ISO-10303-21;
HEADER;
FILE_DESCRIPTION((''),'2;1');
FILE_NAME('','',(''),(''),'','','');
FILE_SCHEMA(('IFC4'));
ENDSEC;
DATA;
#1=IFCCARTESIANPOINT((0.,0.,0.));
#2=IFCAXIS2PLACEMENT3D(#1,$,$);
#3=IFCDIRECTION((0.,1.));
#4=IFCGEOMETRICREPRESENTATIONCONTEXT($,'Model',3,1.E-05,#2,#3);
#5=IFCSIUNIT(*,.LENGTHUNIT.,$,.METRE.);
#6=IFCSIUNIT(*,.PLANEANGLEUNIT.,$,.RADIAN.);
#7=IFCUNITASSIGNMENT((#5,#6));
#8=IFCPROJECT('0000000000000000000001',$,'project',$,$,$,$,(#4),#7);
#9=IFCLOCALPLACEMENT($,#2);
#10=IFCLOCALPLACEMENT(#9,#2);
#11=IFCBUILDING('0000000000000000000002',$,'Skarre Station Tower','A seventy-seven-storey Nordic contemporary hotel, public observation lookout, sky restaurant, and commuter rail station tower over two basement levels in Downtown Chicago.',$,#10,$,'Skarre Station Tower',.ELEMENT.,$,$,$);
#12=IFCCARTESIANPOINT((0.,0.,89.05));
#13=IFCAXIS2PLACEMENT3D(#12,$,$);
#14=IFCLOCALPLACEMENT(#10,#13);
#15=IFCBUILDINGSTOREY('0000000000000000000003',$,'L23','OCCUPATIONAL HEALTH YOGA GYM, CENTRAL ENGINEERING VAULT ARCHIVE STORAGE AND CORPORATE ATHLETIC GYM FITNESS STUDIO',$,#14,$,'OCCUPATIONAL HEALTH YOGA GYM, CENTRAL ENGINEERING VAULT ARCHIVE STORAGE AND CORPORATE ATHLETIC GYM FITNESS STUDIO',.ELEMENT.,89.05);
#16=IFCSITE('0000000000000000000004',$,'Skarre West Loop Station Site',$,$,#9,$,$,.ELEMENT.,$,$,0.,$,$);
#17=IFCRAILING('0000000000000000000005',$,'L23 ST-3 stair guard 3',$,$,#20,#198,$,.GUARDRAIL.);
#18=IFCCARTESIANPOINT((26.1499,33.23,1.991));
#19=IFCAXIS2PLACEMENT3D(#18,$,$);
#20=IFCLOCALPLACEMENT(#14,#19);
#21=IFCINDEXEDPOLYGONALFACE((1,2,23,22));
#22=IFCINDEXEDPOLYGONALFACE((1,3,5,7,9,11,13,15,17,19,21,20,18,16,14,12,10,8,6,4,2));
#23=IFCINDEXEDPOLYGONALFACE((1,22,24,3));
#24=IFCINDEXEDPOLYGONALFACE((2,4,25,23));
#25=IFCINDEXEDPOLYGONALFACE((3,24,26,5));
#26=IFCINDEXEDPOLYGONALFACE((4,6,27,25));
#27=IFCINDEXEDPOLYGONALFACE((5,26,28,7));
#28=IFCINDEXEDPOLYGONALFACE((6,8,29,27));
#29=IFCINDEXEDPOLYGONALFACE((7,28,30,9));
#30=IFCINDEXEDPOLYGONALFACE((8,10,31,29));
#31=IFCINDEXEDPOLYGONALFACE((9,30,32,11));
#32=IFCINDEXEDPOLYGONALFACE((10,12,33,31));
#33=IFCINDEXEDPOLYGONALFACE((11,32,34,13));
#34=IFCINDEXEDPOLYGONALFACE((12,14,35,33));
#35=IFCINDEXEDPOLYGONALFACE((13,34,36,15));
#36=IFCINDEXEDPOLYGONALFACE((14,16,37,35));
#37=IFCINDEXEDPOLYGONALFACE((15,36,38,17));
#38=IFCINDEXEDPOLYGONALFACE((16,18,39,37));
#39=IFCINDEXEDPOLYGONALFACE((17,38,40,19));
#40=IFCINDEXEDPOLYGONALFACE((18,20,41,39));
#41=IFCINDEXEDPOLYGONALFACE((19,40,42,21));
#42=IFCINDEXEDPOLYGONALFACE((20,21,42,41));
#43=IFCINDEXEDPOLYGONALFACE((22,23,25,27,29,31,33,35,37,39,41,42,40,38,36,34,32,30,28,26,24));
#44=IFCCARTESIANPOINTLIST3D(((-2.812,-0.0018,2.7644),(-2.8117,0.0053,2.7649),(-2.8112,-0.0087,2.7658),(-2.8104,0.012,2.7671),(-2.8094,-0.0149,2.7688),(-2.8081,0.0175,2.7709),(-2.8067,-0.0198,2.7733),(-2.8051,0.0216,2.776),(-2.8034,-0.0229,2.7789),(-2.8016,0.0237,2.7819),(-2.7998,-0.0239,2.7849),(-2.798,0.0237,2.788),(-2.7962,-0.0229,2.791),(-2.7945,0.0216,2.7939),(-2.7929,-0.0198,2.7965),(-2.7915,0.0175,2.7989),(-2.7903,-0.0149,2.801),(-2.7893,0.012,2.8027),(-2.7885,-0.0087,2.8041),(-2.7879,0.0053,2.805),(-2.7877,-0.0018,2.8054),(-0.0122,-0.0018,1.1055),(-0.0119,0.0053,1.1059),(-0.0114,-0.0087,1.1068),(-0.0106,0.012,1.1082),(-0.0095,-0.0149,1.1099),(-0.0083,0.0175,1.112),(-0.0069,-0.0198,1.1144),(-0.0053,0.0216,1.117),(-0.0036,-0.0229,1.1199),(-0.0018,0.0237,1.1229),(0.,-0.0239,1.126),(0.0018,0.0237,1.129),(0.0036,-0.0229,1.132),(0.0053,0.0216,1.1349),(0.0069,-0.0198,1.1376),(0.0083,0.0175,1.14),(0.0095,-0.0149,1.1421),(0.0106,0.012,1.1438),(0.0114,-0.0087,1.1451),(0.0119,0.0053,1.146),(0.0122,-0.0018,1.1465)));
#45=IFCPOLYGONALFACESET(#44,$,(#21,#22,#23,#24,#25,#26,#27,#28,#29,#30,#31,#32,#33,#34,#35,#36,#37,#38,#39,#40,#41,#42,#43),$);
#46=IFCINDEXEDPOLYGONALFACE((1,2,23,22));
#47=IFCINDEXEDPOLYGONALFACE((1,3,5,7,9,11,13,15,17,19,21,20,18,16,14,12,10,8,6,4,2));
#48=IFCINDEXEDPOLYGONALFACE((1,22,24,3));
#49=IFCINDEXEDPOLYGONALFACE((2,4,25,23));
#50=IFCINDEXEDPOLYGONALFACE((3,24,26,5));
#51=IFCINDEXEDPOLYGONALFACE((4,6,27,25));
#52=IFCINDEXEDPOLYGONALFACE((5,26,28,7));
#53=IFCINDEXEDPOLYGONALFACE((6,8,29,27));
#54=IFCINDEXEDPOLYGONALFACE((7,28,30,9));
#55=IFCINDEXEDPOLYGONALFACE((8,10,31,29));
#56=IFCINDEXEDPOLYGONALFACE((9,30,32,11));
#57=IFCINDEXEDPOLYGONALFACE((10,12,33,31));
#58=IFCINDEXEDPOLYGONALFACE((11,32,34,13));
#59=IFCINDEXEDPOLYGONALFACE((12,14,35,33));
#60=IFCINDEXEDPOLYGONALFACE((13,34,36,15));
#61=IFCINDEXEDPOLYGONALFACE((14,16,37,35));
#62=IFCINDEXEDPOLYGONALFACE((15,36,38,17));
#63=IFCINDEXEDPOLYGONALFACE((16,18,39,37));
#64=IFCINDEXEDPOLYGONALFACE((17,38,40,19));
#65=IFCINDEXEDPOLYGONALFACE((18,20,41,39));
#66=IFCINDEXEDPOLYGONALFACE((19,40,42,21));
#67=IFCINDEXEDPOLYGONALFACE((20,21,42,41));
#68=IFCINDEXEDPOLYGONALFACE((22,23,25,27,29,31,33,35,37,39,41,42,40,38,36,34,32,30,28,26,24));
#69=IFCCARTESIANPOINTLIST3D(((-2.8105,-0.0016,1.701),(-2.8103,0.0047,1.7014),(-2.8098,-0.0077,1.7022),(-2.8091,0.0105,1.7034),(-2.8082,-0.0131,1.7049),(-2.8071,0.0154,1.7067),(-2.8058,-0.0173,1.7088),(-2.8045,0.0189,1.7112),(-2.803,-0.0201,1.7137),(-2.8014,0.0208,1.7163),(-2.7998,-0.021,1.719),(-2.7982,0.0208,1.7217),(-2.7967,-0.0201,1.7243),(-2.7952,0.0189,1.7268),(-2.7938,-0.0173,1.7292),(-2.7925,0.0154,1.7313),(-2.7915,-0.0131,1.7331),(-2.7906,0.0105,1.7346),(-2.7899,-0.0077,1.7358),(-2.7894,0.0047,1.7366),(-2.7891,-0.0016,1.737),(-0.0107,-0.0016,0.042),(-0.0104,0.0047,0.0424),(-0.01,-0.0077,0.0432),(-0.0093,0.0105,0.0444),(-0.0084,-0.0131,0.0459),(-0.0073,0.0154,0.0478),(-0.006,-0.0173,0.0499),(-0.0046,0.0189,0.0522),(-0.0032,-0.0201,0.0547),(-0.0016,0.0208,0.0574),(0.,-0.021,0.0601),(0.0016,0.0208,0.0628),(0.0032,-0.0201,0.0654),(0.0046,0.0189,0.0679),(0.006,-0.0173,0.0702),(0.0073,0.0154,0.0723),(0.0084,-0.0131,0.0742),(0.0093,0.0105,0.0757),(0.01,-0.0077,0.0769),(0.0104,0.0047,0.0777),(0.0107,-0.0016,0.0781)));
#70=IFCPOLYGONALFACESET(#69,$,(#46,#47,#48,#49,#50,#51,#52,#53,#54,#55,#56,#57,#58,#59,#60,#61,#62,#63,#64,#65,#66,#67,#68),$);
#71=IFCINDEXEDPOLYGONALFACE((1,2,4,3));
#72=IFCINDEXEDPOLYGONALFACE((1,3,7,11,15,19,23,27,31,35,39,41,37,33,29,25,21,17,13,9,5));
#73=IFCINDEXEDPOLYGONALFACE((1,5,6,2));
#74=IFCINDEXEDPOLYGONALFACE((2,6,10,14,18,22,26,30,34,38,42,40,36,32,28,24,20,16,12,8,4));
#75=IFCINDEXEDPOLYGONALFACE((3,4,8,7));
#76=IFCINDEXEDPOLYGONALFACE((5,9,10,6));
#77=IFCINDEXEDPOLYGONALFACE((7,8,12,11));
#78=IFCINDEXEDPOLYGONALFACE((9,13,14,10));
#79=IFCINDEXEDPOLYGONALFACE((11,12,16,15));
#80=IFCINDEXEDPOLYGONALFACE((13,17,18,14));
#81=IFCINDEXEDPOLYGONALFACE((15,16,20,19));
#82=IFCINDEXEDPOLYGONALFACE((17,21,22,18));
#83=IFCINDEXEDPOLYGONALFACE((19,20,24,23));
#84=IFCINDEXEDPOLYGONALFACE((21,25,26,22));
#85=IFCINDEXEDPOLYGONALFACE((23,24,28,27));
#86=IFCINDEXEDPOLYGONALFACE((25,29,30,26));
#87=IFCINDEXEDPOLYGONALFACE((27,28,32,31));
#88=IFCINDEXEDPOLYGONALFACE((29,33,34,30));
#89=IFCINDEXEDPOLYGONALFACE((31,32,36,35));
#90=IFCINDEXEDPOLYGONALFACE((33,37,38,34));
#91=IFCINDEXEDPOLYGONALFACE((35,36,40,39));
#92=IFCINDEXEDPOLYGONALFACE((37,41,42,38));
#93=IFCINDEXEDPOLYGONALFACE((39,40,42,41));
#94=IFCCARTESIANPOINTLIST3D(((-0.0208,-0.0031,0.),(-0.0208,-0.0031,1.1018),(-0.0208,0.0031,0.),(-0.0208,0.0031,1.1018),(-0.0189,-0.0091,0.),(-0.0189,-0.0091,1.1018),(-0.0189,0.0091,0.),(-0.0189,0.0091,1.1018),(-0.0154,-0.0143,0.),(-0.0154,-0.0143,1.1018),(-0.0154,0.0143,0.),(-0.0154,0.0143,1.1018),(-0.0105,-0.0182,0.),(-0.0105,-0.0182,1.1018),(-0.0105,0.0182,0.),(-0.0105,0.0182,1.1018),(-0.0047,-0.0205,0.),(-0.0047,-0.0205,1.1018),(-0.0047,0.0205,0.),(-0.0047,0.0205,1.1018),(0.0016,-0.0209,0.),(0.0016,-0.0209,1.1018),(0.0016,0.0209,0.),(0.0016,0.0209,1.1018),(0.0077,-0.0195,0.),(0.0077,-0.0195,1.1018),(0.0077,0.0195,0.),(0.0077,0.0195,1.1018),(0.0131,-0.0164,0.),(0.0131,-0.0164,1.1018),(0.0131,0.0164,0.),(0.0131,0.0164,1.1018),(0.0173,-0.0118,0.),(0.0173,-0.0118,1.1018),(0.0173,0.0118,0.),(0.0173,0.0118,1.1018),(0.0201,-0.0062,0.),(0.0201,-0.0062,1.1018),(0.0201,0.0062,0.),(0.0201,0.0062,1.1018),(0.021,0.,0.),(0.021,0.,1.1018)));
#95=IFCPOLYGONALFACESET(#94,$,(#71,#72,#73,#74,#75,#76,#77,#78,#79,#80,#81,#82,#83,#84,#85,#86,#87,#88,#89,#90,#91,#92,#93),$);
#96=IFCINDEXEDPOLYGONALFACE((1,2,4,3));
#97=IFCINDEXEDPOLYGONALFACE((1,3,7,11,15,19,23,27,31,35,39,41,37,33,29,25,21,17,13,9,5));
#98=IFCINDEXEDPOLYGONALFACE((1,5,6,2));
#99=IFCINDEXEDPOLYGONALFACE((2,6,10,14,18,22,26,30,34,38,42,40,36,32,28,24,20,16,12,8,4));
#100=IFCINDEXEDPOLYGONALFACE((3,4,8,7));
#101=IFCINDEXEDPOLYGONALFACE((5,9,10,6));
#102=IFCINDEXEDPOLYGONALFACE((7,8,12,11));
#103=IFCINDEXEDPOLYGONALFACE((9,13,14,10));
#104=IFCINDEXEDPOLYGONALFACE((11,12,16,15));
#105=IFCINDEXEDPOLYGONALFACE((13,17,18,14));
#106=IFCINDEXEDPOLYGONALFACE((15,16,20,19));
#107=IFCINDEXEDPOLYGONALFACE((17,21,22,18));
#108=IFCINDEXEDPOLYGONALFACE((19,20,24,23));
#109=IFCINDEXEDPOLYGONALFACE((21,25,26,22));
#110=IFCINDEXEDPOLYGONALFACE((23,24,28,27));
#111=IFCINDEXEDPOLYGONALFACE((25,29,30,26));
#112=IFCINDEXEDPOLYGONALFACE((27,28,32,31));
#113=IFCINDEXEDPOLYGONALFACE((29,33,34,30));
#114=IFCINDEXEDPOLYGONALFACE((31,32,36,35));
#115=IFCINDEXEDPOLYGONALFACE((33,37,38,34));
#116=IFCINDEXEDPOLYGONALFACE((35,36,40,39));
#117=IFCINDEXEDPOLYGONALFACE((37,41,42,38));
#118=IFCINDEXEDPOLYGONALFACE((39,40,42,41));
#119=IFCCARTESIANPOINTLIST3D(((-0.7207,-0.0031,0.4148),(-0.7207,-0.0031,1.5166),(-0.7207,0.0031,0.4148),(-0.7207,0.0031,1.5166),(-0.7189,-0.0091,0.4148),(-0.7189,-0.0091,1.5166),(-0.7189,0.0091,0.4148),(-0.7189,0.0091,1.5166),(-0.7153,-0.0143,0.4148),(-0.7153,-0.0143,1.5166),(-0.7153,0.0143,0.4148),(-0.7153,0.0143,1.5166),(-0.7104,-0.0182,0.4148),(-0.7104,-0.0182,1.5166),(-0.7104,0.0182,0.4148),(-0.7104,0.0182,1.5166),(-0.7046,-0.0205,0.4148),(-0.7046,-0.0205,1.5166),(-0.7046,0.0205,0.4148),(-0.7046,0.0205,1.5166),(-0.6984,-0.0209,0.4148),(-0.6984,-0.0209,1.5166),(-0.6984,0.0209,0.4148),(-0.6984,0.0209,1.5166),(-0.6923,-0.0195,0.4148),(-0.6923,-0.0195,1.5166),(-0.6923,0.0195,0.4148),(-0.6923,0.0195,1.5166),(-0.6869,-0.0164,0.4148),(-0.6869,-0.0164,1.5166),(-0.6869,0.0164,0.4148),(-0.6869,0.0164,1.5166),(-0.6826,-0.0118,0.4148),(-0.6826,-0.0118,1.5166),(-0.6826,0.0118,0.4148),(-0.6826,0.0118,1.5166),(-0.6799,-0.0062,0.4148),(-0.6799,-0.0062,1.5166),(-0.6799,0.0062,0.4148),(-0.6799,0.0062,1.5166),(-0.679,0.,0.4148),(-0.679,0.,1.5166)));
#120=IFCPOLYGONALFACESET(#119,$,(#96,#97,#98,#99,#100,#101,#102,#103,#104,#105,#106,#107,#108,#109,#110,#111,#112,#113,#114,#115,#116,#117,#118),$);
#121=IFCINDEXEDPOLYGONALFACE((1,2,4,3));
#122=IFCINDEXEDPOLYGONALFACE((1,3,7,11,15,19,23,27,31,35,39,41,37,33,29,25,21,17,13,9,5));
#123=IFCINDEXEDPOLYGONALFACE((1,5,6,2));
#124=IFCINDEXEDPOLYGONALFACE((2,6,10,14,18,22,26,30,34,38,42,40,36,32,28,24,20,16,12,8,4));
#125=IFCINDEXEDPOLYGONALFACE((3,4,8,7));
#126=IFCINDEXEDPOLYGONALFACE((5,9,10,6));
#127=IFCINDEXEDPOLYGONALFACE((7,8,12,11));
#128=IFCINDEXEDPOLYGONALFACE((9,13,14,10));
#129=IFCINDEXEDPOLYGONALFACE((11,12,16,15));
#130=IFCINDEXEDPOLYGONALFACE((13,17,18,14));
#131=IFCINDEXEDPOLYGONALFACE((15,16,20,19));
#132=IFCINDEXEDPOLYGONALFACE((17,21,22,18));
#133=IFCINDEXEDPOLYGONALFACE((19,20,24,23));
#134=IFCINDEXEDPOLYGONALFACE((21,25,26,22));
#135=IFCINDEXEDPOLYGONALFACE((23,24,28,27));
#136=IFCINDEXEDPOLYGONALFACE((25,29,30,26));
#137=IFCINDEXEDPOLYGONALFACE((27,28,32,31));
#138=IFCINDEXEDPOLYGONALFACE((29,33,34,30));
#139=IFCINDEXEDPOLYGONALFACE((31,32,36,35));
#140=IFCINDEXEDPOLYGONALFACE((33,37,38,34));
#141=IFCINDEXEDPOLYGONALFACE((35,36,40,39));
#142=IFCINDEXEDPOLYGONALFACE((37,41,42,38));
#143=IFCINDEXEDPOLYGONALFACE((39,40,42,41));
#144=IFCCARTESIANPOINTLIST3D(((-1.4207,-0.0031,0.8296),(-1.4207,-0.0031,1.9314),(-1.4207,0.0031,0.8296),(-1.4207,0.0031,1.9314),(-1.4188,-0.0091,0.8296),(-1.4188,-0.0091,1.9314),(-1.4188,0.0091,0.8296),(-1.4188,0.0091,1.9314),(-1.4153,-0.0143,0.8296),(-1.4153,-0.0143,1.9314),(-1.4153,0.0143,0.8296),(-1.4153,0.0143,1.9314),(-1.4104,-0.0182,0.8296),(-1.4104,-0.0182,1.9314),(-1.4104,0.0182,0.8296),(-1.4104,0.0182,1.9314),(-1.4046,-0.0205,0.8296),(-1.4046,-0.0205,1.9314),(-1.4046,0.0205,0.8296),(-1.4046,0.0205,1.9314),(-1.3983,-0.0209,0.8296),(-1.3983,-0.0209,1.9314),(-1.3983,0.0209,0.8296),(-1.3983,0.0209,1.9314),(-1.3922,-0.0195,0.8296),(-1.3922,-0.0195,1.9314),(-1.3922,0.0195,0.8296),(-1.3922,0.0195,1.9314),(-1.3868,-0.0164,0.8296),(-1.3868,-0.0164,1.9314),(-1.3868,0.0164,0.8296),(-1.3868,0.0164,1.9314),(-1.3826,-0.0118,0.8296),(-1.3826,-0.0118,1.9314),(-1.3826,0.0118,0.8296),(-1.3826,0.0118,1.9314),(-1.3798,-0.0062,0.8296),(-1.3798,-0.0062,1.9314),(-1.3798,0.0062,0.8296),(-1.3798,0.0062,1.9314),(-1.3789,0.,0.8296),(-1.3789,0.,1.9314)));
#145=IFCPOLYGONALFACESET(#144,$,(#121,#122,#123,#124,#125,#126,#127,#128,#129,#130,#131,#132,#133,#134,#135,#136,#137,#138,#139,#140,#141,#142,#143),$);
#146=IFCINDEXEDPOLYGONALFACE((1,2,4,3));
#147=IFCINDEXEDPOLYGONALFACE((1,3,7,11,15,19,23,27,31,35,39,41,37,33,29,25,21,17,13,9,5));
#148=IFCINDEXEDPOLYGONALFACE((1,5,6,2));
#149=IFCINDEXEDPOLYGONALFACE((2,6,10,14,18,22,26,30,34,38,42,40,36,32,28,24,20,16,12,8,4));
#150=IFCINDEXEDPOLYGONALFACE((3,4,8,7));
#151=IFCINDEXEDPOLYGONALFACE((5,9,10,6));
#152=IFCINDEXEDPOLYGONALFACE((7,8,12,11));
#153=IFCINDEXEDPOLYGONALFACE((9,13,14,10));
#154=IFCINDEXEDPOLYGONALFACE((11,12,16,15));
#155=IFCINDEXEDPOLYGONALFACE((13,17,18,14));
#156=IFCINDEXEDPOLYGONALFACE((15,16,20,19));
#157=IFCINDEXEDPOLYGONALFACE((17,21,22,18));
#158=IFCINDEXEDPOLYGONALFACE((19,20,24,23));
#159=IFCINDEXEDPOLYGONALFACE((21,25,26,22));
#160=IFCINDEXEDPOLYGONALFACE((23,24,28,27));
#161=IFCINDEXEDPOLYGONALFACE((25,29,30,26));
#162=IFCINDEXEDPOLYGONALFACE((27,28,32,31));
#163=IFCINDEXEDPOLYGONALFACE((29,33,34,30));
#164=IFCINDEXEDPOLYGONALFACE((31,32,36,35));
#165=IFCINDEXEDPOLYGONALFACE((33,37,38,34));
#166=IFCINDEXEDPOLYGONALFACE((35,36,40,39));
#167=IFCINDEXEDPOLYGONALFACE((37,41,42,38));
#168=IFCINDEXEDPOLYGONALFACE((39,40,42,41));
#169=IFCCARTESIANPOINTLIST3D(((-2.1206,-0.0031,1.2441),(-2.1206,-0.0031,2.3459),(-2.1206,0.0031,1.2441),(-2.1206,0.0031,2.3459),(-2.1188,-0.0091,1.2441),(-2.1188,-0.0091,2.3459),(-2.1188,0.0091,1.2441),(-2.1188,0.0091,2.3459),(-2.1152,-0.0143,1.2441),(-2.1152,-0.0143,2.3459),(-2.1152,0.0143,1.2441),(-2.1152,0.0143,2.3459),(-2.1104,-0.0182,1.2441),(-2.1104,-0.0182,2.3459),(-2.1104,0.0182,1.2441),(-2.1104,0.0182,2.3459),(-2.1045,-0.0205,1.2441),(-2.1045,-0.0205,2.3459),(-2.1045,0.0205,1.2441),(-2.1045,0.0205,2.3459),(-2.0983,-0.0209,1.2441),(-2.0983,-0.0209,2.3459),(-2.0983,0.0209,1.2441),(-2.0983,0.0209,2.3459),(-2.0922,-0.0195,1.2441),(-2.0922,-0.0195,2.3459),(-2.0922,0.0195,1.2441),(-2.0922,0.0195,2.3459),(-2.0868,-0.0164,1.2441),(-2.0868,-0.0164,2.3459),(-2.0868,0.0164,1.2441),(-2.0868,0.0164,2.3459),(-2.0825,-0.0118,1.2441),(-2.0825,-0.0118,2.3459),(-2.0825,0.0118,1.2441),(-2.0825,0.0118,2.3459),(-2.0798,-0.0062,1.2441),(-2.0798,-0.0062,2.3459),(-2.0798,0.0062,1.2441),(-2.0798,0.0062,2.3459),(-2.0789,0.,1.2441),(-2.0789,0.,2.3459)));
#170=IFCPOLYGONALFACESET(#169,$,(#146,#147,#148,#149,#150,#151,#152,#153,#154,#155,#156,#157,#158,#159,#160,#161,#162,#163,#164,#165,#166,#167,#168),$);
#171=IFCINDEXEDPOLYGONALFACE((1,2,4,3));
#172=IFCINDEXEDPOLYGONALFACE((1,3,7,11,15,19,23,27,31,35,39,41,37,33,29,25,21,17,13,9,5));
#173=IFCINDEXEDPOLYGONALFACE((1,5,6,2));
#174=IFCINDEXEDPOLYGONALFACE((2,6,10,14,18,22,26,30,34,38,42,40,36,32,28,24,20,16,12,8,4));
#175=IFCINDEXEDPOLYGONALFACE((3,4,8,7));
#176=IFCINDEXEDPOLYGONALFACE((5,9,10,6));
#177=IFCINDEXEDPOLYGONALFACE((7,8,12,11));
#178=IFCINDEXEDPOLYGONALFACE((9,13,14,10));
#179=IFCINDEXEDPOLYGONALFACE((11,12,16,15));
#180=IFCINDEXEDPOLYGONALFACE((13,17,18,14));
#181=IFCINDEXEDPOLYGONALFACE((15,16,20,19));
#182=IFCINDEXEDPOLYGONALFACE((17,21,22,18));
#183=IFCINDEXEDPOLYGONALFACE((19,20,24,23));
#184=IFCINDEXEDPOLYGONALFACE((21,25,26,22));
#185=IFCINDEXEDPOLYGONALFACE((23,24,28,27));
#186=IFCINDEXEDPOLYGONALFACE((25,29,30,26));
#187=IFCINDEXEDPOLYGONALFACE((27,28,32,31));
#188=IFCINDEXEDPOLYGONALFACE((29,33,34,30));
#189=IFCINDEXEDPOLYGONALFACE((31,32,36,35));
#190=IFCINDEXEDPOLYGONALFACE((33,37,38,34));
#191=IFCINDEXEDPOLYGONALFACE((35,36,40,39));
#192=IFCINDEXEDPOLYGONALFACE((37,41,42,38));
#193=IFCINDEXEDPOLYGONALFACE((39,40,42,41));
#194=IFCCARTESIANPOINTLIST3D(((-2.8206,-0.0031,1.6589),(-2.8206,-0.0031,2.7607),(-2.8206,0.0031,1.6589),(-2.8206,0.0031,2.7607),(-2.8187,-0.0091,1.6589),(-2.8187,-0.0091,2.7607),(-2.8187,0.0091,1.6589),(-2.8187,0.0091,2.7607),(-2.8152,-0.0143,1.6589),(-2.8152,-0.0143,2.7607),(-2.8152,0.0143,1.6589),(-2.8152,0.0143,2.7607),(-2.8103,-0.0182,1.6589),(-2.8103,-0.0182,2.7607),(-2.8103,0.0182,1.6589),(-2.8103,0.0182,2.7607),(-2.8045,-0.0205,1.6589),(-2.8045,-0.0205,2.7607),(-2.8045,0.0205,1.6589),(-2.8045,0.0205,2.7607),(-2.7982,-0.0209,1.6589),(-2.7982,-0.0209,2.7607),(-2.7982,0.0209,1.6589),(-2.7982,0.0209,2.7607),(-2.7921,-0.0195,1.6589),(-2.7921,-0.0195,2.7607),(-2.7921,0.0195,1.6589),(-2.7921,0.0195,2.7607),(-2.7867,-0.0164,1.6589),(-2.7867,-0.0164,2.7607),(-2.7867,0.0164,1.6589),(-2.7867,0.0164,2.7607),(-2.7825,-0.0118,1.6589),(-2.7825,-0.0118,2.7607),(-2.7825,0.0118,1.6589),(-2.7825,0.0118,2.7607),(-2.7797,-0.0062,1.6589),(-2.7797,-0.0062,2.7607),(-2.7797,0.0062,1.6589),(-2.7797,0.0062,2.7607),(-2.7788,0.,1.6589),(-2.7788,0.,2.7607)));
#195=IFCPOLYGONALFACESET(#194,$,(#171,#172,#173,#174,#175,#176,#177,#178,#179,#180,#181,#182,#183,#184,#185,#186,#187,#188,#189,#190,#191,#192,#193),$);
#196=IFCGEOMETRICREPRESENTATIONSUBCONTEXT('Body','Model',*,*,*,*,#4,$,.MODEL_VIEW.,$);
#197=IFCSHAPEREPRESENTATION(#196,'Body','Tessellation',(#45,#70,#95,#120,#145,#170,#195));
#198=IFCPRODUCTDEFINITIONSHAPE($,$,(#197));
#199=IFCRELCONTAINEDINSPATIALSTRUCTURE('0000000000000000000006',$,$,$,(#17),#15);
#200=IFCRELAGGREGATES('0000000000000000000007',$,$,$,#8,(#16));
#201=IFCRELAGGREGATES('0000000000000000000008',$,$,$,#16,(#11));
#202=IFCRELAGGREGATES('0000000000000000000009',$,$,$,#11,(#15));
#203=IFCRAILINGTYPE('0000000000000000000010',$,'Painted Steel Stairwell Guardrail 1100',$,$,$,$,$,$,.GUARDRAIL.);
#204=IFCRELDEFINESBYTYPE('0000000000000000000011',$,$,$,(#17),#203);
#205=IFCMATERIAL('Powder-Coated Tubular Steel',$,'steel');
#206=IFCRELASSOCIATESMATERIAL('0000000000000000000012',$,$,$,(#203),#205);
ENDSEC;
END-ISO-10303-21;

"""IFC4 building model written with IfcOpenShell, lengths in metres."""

from ifc_helpers import new_model, si_unit, direction, frame, origin, origin_2d, place, context, subcontext, project, spatial, circle, extrude, material, type_object, element, save


model = new_model("IFC4")

# Units and contexts
model_context = context("Model", 3, precision=1e-05, world=origin(), true_north=direction((0.0, 1.0)))
body_context = subcontext(model_context, "Body", "Model", "MODEL_VIEW")
ifc_project = project(units=[si_unit("LENGTHUNIT", "METRE"), si_unit("PLANEANGLEUNIT", "RADIAN")], contexts=[model_context])

# Site, building, storey
site_placement = place(None, origin())
site = spatial("IfcSite", under=ifc_project, at=site_placement, Name="Skarre West Loop Station Site", CompositionType="ELEMENT", RefElevation=0.0)
building_placement = place(site_placement, origin())
building = spatial("IfcBuilding", under=site, at=building_placement, Name="Skarre Station Tower", Description="A seventy-seven-storey Nordic contemporary hotel, public observation lookout, sky restaurant, and commuter rail station tower over two basement levels in Downtown Chicago.", LongName="Skarre Station Tower", CompositionType="ELEMENT")
storey_placement = place(building_placement, frame((0.0, 0.0, 89.05)))
storey = spatial("IfcBuildingStorey", under=building, at=storey_placement, Name="L23", Description="OCCUPATIONAL HEALTH YOGA GYM, CENTRAL ENGINEERING VAULT ARCHIVE STORAGE AND CORPORATE ATHLETIC GYM FITNESS STUDIO", LongName="OCCUPATIONAL HEALTH YOGA GYM, CENTRAL ENGINEERING VAULT ARCHIVE STORAGE AND CORPORATE ATHLETIC GYM FITNESS STUDIO", CompositionType="ELEMENT", Elevation=89.05)

# Railing
ifc_material_1 = material(Name="Powder-Coated Tubular Steel", Category="steel")
railing_type_1 = type_object("IfcRailingType", Name="Painted Steel Stairwell Guardrail 1100", PredefinedType="GUARDRAIL", material=ifc_material_1)
railing_1_placement = place(storey_placement, frame((26.1499, 33.23, 1.991)))
element("IfcRailing", 1, at=railing_1_placement, inside=storey, type_object=railing_type_1, Name="L23 ST-3 stair guard 3", PredefinedType="GUARDRAIL", context=body_context, shape_type="SweptSolid", body=[
    extrude(circle(Radius=0.0239, at=origin_2d()), frame((0.0, 0.0, 1.126), z_axis=(-0.86032, 0.0, 0.509755), x_axis=(0.0, -1.0, 0.0)), (0.0, 0.0, 1.0), 3.2544),
    extrude(circle(Radius=0.021, at=origin_2d()), frame((0.0, 0.0, 0.0601), z_axis=(-0.86032, 0.0, 0.509755), x_axis=(0.0, -1.0, 0.0)), (0.0, 0.0, 1.0), 3.2544),
    extrude(circle(Radius=0.021, at=origin_2d()), origin(), (0.0, 0.0, 1.0), 1.1018),
    extrude(circle(Radius=0.021, at=origin_2d()), frame((-0.7, 0.0, 0.4148)), (0.0, 0.0, 1.0), 1.1018),
    extrude(circle(Radius=0.021, at=origin_2d()), frame((-1.3999, 0.0, 0.8296)), (0.0, 0.0, 1.0), 1.1018),
    extrude(circle(Radius=0.021, at=origin_2d()), frame((-2.0999, 0.0, 1.2441)), (0.0, 0.0, 1.0), 1.1018),
    extrude(circle(Radius=0.021, at=origin_2d()), frame((-2.7998, 0.0, 1.6589)), (0.0, 0.0, 1.0), 1.1018),
])

save(model, "model.ifc")
